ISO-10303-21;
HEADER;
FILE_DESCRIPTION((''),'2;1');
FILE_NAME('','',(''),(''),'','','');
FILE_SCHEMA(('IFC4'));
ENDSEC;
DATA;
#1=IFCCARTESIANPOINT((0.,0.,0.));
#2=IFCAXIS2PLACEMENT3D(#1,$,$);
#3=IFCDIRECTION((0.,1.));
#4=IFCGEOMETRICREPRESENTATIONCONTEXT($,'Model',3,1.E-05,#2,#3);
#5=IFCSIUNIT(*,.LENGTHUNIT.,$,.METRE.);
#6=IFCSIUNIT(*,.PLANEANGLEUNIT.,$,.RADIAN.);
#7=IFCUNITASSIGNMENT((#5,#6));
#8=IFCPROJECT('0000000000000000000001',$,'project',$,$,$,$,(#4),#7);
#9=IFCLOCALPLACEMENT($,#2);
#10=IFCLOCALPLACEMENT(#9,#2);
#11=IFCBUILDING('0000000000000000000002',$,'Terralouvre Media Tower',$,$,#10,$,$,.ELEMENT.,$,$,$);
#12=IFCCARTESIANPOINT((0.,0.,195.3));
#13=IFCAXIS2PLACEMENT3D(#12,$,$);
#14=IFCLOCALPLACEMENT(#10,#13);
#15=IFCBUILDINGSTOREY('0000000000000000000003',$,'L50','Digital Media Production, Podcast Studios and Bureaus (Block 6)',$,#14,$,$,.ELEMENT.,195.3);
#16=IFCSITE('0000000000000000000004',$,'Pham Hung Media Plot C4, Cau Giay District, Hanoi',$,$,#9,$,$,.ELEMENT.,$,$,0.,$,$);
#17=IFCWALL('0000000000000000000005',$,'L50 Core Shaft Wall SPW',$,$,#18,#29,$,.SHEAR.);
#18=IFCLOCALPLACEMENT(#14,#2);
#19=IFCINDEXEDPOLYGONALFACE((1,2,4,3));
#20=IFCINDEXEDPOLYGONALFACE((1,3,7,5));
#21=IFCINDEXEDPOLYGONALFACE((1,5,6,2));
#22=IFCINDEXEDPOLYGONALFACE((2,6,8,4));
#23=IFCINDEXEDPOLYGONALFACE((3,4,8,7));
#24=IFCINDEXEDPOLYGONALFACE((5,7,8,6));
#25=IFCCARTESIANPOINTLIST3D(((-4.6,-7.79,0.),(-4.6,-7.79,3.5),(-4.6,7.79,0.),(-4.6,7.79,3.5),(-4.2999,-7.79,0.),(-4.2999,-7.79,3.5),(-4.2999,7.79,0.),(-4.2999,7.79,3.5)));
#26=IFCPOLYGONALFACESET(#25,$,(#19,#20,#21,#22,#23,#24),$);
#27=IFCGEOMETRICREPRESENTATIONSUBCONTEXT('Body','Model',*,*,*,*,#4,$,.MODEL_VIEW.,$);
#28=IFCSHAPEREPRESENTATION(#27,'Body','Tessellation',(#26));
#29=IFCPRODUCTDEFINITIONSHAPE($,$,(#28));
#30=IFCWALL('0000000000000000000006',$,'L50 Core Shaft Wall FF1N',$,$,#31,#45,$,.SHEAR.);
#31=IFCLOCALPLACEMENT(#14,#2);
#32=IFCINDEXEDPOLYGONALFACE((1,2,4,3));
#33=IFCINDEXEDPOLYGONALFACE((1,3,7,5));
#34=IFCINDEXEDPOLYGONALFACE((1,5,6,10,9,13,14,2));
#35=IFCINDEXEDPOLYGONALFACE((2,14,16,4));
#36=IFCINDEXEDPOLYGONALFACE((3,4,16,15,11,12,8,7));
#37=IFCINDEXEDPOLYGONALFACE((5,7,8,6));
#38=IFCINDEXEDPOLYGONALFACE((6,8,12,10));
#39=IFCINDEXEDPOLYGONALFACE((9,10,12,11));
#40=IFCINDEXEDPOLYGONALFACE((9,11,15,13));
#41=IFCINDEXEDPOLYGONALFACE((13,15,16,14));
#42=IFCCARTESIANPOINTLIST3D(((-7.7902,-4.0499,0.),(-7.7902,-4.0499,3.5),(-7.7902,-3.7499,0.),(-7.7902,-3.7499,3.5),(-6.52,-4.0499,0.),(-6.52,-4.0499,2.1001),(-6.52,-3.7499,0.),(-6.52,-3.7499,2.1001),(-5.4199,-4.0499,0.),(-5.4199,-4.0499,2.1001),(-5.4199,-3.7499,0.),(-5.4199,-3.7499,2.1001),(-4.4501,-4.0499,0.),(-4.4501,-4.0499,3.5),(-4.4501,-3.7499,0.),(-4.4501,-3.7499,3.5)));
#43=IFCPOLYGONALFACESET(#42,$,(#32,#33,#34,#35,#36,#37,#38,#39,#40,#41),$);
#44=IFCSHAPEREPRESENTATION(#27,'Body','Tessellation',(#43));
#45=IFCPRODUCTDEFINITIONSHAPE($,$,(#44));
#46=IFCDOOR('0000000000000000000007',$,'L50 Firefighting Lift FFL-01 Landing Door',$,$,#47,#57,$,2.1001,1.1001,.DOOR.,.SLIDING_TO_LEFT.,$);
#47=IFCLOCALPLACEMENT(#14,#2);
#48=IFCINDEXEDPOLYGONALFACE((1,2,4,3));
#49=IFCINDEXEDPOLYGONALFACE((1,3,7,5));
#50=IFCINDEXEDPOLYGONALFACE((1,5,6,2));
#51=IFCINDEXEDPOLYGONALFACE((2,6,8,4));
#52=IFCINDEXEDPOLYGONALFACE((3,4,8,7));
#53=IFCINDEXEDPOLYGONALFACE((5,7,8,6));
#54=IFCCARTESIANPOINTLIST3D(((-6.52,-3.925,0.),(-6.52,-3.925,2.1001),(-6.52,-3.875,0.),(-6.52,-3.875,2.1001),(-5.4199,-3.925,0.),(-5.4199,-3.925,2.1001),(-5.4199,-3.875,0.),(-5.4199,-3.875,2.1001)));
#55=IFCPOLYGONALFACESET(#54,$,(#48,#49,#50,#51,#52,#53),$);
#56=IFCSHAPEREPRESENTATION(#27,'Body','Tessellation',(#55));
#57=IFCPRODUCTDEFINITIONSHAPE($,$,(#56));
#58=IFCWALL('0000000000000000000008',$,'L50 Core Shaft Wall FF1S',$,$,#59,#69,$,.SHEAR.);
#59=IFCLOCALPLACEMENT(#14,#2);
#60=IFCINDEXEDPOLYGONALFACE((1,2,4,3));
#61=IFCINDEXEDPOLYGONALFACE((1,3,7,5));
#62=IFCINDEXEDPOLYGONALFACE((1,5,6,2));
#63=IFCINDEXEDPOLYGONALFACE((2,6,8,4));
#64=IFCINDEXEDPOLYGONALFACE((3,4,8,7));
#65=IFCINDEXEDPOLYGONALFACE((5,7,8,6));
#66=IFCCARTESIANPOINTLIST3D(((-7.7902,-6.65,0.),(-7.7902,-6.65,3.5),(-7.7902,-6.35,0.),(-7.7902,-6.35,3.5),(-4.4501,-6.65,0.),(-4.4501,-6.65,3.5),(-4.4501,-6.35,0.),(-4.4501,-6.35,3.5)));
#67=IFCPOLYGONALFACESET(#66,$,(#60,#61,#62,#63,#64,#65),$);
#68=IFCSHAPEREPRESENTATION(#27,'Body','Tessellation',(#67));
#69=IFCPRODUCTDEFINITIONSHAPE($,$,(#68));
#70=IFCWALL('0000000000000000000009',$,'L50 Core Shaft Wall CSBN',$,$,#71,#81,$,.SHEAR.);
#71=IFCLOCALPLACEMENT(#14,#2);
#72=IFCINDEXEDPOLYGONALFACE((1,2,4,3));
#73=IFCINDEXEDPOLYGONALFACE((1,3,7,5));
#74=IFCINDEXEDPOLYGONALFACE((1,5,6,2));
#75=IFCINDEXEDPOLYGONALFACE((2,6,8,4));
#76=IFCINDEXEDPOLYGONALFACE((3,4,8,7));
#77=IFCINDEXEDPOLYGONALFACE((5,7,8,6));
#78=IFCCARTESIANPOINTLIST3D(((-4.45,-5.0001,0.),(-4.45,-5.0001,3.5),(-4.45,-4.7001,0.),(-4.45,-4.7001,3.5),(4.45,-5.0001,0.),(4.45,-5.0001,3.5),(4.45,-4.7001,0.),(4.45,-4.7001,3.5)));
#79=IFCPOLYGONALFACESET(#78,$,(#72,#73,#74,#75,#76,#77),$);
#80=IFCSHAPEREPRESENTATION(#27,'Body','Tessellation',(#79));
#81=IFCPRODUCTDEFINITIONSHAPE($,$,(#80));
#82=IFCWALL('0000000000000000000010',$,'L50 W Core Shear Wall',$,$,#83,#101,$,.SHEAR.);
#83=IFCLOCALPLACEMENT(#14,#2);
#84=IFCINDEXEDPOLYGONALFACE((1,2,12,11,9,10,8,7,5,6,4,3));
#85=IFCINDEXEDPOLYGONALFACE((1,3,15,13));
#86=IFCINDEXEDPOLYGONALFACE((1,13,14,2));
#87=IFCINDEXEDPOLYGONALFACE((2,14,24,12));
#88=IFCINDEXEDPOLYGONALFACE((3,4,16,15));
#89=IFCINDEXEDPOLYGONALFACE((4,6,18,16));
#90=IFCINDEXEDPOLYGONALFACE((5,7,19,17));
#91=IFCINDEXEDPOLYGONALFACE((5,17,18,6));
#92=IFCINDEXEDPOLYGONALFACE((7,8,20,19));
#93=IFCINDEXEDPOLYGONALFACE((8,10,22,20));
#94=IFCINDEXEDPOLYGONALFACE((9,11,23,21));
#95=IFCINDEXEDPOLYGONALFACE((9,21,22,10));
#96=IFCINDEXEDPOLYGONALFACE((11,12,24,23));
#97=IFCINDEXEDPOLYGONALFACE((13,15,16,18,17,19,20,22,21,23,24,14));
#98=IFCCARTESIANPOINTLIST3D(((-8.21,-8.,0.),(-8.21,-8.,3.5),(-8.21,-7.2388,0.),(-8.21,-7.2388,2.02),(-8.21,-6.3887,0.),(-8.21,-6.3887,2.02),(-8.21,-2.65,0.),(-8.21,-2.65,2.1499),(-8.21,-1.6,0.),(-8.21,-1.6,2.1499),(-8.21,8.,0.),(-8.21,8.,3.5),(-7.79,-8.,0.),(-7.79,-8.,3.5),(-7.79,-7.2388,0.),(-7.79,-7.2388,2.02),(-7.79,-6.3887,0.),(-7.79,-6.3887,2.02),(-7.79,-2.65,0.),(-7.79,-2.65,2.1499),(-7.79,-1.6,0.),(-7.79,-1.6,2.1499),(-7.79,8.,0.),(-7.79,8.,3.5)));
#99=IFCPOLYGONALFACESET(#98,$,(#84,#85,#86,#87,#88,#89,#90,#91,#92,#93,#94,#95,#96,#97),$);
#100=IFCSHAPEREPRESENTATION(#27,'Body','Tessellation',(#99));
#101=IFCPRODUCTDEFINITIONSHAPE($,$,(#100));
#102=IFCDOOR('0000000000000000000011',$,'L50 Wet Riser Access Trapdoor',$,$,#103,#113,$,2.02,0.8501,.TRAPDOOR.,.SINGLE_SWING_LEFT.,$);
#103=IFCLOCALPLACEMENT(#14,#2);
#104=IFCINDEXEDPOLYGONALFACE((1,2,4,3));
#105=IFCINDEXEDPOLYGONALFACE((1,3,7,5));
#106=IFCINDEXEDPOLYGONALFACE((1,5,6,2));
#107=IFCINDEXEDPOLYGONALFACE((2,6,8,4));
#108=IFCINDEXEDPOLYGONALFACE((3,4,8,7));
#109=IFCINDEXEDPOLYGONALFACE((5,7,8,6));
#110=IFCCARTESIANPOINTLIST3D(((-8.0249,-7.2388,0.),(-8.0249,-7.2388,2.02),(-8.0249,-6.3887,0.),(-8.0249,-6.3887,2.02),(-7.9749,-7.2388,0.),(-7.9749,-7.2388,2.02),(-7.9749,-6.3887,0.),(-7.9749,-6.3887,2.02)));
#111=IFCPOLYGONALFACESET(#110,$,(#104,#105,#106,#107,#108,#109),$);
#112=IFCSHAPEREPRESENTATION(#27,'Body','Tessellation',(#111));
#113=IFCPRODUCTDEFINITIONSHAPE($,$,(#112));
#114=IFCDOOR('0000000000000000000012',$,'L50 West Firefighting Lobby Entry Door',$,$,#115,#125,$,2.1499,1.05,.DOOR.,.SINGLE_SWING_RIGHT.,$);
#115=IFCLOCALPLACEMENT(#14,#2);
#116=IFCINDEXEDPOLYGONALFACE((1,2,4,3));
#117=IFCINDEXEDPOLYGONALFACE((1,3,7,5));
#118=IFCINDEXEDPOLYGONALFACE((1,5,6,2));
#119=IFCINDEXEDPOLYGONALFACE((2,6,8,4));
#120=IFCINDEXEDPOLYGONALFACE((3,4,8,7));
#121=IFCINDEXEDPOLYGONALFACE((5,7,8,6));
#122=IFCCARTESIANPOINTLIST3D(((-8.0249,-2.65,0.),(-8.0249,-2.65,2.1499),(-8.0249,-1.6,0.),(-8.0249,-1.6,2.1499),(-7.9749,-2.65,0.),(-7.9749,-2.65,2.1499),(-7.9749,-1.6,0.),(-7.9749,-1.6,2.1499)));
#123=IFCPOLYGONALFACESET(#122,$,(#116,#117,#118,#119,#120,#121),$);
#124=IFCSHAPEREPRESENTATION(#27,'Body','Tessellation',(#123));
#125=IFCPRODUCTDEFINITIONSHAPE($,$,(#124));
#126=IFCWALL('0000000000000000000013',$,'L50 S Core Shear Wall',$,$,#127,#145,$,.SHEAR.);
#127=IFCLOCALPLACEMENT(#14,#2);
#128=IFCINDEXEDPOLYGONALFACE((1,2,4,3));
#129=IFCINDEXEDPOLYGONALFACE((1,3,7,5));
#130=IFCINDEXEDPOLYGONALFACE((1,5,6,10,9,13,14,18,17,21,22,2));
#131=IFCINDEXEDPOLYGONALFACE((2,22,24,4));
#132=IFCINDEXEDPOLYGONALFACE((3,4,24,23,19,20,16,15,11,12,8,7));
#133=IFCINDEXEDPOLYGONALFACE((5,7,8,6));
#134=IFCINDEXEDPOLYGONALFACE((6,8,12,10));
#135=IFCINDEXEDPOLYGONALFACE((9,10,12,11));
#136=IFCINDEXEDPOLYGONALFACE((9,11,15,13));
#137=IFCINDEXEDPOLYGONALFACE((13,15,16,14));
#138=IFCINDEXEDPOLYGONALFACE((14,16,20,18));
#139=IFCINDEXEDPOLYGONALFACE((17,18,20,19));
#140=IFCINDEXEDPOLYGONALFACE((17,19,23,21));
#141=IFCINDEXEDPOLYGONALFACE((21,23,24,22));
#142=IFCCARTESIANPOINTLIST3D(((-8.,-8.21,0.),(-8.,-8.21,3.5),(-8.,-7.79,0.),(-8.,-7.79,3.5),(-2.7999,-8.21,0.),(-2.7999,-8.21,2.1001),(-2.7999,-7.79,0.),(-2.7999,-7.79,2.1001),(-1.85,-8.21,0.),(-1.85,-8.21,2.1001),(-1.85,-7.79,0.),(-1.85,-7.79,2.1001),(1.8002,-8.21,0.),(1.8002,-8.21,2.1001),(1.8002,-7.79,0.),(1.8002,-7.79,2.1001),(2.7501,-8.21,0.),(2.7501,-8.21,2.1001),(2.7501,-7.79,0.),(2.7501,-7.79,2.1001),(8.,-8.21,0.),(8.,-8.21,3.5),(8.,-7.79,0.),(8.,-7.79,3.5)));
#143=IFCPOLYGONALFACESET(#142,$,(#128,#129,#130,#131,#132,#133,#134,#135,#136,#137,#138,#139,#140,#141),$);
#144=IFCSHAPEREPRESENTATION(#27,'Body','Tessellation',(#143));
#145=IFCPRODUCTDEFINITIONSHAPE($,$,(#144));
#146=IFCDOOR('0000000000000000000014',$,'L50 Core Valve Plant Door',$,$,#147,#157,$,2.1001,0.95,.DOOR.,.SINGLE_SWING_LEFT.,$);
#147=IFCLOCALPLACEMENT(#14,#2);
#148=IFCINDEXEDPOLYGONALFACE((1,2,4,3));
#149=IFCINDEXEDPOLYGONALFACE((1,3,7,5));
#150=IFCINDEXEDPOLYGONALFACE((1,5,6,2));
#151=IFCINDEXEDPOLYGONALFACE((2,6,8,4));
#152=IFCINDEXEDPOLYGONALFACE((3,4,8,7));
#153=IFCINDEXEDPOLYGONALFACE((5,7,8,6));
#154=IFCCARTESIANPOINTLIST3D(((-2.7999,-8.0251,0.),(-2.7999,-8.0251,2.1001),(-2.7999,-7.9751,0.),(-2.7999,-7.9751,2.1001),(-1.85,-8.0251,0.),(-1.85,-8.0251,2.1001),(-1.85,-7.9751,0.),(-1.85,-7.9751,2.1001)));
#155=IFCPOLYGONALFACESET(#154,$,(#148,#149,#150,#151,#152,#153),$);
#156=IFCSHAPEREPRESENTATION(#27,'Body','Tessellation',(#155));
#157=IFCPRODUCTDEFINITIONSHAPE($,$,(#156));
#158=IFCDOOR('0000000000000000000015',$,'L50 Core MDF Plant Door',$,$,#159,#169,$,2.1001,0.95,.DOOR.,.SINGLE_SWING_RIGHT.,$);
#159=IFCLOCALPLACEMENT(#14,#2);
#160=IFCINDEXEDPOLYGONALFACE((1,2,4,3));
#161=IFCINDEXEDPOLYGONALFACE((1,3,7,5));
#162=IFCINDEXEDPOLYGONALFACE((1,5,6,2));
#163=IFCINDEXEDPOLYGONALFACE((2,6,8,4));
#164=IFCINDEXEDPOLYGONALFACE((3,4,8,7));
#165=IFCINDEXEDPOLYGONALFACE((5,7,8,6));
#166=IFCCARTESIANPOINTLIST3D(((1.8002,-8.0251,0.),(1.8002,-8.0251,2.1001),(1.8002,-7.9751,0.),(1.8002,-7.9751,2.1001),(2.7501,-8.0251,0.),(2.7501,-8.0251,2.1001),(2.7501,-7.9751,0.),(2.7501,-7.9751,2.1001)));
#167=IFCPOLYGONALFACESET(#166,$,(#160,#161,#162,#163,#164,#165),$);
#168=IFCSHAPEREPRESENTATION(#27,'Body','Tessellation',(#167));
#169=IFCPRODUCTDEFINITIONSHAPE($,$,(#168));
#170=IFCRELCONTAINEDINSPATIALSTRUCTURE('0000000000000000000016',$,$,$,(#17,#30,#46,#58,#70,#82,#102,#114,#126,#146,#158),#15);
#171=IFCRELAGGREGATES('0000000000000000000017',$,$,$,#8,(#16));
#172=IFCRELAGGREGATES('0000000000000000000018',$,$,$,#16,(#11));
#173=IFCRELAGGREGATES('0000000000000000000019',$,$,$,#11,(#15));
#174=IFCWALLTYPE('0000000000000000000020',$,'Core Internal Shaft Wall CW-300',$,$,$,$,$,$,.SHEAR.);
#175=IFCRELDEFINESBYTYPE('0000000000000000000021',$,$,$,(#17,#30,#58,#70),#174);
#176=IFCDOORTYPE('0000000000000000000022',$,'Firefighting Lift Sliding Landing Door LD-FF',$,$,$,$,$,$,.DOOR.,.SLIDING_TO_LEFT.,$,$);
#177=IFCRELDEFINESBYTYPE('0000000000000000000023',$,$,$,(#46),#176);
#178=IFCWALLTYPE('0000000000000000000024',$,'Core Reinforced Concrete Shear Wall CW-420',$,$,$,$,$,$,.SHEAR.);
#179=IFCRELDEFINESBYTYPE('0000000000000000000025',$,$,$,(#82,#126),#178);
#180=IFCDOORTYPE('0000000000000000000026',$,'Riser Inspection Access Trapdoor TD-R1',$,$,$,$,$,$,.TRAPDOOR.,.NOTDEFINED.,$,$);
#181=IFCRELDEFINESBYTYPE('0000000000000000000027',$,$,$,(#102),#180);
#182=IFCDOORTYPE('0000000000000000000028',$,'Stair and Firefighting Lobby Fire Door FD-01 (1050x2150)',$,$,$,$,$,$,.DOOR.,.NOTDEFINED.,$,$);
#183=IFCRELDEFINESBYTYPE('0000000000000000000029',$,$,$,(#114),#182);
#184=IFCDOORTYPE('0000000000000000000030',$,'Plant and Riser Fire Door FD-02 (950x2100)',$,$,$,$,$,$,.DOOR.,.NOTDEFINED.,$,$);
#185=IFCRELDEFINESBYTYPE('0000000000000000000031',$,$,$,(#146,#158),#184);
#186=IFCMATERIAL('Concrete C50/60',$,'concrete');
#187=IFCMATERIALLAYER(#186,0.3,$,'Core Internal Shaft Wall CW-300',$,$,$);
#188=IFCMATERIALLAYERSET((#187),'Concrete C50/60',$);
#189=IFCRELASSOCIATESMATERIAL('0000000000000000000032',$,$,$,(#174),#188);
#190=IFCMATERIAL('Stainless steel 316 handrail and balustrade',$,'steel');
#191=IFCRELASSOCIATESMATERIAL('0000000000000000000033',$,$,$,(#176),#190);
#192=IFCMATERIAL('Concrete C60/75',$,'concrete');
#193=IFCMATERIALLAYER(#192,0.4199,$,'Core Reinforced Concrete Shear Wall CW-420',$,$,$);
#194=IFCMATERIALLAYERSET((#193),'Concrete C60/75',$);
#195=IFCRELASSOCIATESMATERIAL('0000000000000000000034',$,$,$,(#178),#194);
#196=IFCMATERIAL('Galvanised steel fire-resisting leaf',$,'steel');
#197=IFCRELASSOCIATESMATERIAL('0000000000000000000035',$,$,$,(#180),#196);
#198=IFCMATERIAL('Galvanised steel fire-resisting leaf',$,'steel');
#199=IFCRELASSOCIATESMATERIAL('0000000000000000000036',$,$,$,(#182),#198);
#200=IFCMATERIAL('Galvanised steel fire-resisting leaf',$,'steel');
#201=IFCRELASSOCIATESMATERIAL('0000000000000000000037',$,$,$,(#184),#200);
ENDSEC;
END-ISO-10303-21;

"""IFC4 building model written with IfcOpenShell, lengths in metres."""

from ifc_helpers import new_model, si_unit, direction, frame, frame_2d, origin, place, context, subcontext, project, spatial, rectangle, extrude, material, layer, layer_set, type_object, element, fill, save


model = new_model("IFC4")

# Units and contexts
model_context = context("Model", 3, precision=1e-05, world=origin(), true_north=direction((0.0, 1.0)))
body_context = subcontext(model_context, "Body", "Model", "MODEL_VIEW")
ifc_project = project(units=[si_unit("LENGTHUNIT", "METRE"), si_unit("PLANEANGLEUNIT", "RADIAN")], contexts=[model_context])

# Site, building, storey
site_placement = place(None, origin())
site = spatial("IfcSite", under=ifc_project, at=site_placement, Name="Pham Hung Media Plot C4, Cau Giay District, Hanoi", CompositionType="ELEMENT", RefElevation=0.0)
building_placement = place(site_placement, origin())
building = spatial("IfcBuilding", under=site, at=building_placement, Name="Terralouvre Media Tower", CompositionType="ELEMENT")
storey_placement = place(building_placement, frame((0.0, 0.0, 195.3)))
storey = spatial("IfcBuildingStorey", under=building, at=storey_placement, Name="L50", Description="Digital Media Production, Podcast Studios and Bureaus (Block 6)", CompositionType="ELEMENT", Elevation=195.3)

# Wall
ifc_material_1 = material(Name="Concrete C50/60", Category="concrete")
ifc_layer_1 = layer(ifc_material_1, 0.3, Name="Core Internal Shaft Wall CW-300")
ifc_layer_set_1 = layer_set([ifc_layer_1], Name="Concrete C50/60")
wall_type_1 = type_object("IfcWallType", Name="Core Internal Shaft Wall CW-300", PredefinedType="SHEAR", material=ifc_layer_set_1)
wall_1_placement = place(storey_placement, frame((-4.45, -7.79, 0.0), z_axis=(0.0, 0.0, 1.0), x_axis=(0.0, 1.0, 0.0)))
element("IfcWall", 1, at=wall_1_placement, inside=storey, type_object=wall_type_1, Name="L50 Core Shaft Wall SPW", PredefinedType="SHEAR", context=body_context, shape_type="SweptSolid", body=[
    extrude(rectangle(XDim=15.5801, YDim=0.3, at=frame_2d((7.79, 0.0))), origin(), (0.0, 0.0, 1.0), 3.5),
])

# Wall, opening, door
wall_2_placement = place(storey_placement, frame((-7.79, -3.8999, 0.0), z_axis=(0.0, 0.0, 1.0), x_axis=(1.0, 0.0, 0.0)))
wall_2 = element("IfcWall", 2, at=wall_2_placement, inside=storey, type_object=wall_type_1, Name="L50 Core Shaft Wall FF1N", PredefinedType="SHEAR", context=body_context, shape_type="SweptSolid", body=[
    extrude(rectangle(XDim=3.3401, YDim=0.3, at=frame_2d((1.6699, 0.0))), origin(), (0.0, 0.0, 1.0), 3.5),
])
opening_1_placement = place(wall_2_placement, frame((1.27, 0.0, 0.0)))
opening_1 = element("IfcOpeningElement", 3, at=opening_1_placement, cuts=wall_2, PredefinedType="OPENING", context=body_context, shape_type="SweptSolid", body=[
    extrude(rectangle(XDim=1.1001, YDim=2.1001, at=frame_2d((0.55, 1.05))), frame((0.0, 0.1599, 0.0), z_axis=(0.0, -1.0, 0.0), x_axis=(1.0, 0.0, 0.0)), (0.0, 0.0, 1.0), 0.3201),
])
ifc_material_2 = material(Name="Stainless steel 316 handrail and balustrade", Category="steel")
door_type_1 = type_object("IfcDoorType", Name="Firefighting Lift Sliding Landing Door LD-FF", OperationType="SLIDING_TO_LEFT", PredefinedType="DOOR", material=ifc_material_2)
door_1_placement = place(opening_1_placement, origin())
door_1 = element("IfcDoor", 4, at=door_1_placement, inside=storey, type_object=door_type_1, Name="L50 Firefighting Lift FFL-01 Landing Door", OperationType="SLIDING_TO_LEFT", OverallHeight=2.1001, OverallWidth=1.1001, PredefinedType="DOOR", context=body_context, shape_type="SweptSolid", body=[
    extrude(rectangle(XDim=1.1001, YDim=2.1001, at=frame_2d((0.55, 1.05))), frame((0.0, 0.0249, 0.0), z_axis=(0.0, -1.0, 0.0), x_axis=(1.0, 0.0, 0.0)), (0.0, 0.0, 1.0), 0.05),
])
fill(opening_1, door_1)

# Walls
wall_3_placement = place(storey_placement, frame((-7.79, -6.5, 0.0), z_axis=(0.0, 0.0, 1.0), x_axis=(1.0, 0.0, 0.0)))
element("IfcWall", 5, at=wall_3_placement, inside=storey, type_object=wall_type_1, Name="L50 Core Shaft Wall FF1S", PredefinedType="SHEAR", context=body_context, shape_type="SweptSolid", body=[
    extrude(rectangle(XDim=3.3401, YDim=0.3, at=frame_2d((1.6699, 0.0))), origin(), (0.0, 0.0, 1.0), 3.5),
])
wall_4_placement = place(storey_placement, frame((-4.45, -4.8501, 0.0), z_axis=(0.0, 0.0, 1.0), x_axis=(1.0, 0.0, 0.0)))
element("IfcWall", 6, at=wall_4_placement, inside=storey, type_object=wall_type_1, Name="L50 Core Shaft Wall CSBN", PredefinedType="SHEAR", context=body_context, shape_type="SweptSolid", body=[
    extrude(rectangle(XDim=8.8999, YDim=0.3, at=frame_2d((4.45, 0.0))), origin(), (0.0, 0.0, 1.0), 3.5),
])

# Walls, openings, doors
ifc_material_3 = material(Name="Concrete C60/75", Category="concrete")
ifc_layer_2 = layer(ifc_material_3, 0.4199, Name="Core Reinforced Concrete Shear Wall CW-420")
ifc_layer_set_2 = layer_set([ifc_layer_2], Name="Concrete C60/75")
wall_type_2 = type_object("IfcWallType", Name="Core Reinforced Concrete Shear Wall CW-420", PredefinedType="SHEAR", material=ifc_layer_set_2)
wall_5_placement = place(storey_placement, frame((-8.0, -8.0, 0.0), z_axis=(0.0, 0.0, 1.0), x_axis=(0.0, 1.0, 0.0)))
wall_5 = element("IfcWall", 7, at=wall_5_placement, inside=storey, type_object=wall_type_2, Name="L50 W Core Shear Wall", PredefinedType="SHEAR", context=body_context, shape_type="SweptSolid", body=[
    extrude(rectangle(XDim=16.0, YDim=0.4199, at=frame_2d((8.0, 0.0))), origin(), (0.0, 0.0, 1.0), 3.5),
])
opening_2_placement = place(wall_5_placement, frame((0.7612, 0.0, 0.0)))
opening_2 = element("IfcOpeningElement", 8, at=opening_2_placement, cuts=wall_5, PredefinedType="OPENING", context=body_context, shape_type="SweptSolid", body=[
    extrude(rectangle(XDim=0.8501, YDim=2.02, at=frame_2d((0.425, 1.01))), frame((0.0, 0.22, 0.0), z_axis=(0.0, -1.0, 0.0), x_axis=(1.0, 0.0, 0.0)), (0.0, 0.0, 1.0), 0.4399),
])
opening_3_placement = place(wall_5_placement, frame((5.3501, 0.0, 0.0)))
opening_3 = element("IfcOpeningElement", 9, at=opening_3_placement, cuts=wall_5, PredefinedType="OPENING", context=body_context, shape_type="SweptSolid", body=[
    extrude(rectangle(XDim=1.05, YDim=2.1499, at=frame_2d((0.5249, 1.075))), frame((0.0, 0.22, 0.0), z_axis=(0.0, -1.0, 0.0), x_axis=(1.0, 0.0, 0.0)), (0.0, 0.0, 1.0), 0.4399),
])
ifc_material_4 = material(Name="Galvanised steel fire-resisting leaf", Category="steel")
door_type_2 = type_object("IfcDoorType", Name="Riser Inspection Access Trapdoor TD-R1", OperationType="NOTDEFINED", PredefinedType="TRAPDOOR", material=ifc_material_4)
door_2_placement = place(opening_2_placement, origin())
door_2 = element("IfcDoor", 10, at=door_2_placement, inside=storey, type_object=door_type_2, Name="L50 Wet Riser Access Trapdoor", OperationType="SINGLE_SWING_LEFT", OverallHeight=2.02, OverallWidth=0.8501, PredefinedType="TRAPDOOR", context=body_context, shape_type="SweptSolid", body=[
    extrude(rectangle(XDim=0.8501, YDim=2.02, at=frame_2d((0.425, 1.01))), frame((0.0, 0.0249, 0.0), z_axis=(0.0, -1.0, 0.0), x_axis=(1.0, 0.0, 0.0)), (0.0, 0.0, 1.0), 0.05),
])
fill(opening_2, door_2)
ifc_material_5 = material(Name="Galvanised steel fire-resisting leaf", Category="steel")
door_type_3 = type_object("IfcDoorType", Name="Stair and Firefighting Lobby Fire Door FD-01 (1050x2150)", OperationType="NOTDEFINED", PredefinedType="DOOR", material=ifc_material_5)
door_3_placement = place(opening_3_placement, origin())
door_3 = element("IfcDoor", 11, at=door_3_placement, inside=storey, type_object=door_type_3, Name="L50 West Firefighting Lobby Entry Door", OperationType="SINGLE_SWING_RIGHT", OverallHeight=2.1499, OverallWidth=1.05, PredefinedType="DOOR", context=body_context, shape_type="SweptSolid", body=[
    extrude(rectangle(XDim=1.05, YDim=2.1499, at=frame_2d((0.5249, 1.075))), frame((0.0, 0.0249, 0.0), z_axis=(0.0, -1.0, 0.0), x_axis=(1.0, 0.0, 0.0)), (0.0, 0.0, 1.0), 0.05),
])
fill(opening_3, door_3)
wall_6_placement = place(storey_placement, frame((-8.0, -8.0, 0.0), z_axis=(0.0, 0.0, 1.0), x_axis=(1.0, 0.0, 0.0)))
wall_6 = element("IfcWall", 12, at=wall_6_placement, inside=storey, type_object=wall_type_2, Name="L50 S Core Shear Wall", PredefinedType="SHEAR", context=body_context, shape_type="SweptSolid", body=[
    extrude(rectangle(XDim=16.0, YDim=0.4199, at=frame_2d((8.0, 0.0))), origin(), (0.0, 0.0, 1.0), 3.5),
])
opening_4_placement = place(wall_6_placement, frame((5.2, 0.0, 0.0)))
opening_4 = element("IfcOpeningElement", 13, at=opening_4_placement, cuts=wall_6, PredefinedType="OPENING", context=body_context, shape_type="SweptSolid", body=[
    extrude(rectangle(XDim=0.95, YDim=2.1001, at=frame_2d((0.4751, 1.05))), frame((0.0, 0.22, 0.0), z_axis=(0.0, -1.0, 0.0), x_axis=(1.0, 0.0, 0.0)), (0.0, 0.0, 1.0), 0.4399),
])
opening_5_placement = place(wall_6_placement, frame((9.8, 0.0, 0.0)))
opening_5 = element("IfcOpeningElement", 14, at=opening_5_placement, cuts=wall_6, PredefinedType="OPENING", context=body_context, shape_type="SweptSolid", body=[
    extrude(rectangle(XDim=0.95, YDim=2.1001, at=frame_2d((0.4751, 1.05))), frame((0.0, 0.22, 0.0), z_axis=(0.0, -1.0, 0.0), x_axis=(1.0, 0.0, 0.0)), (0.0, 0.0, 1.0), 0.4399),
])
ifc_material_6 = material(Name="Galvanised steel fire-resisting leaf", Category="steel")
door_type_4 = type_object("IfcDoorType", Name="Plant and Riser Fire Door FD-02 (950x2100)", OperationType="NOTDEFINED", PredefinedType="DOOR", material=ifc_material_6)
door_4_placement = place(opening_4_placement, origin())
door_4 = element("IfcDoor", 15, at=door_4_placement, inside=storey, type_object=door_type_4, Name="L50 Core Valve Plant Door", OperationType="SINGLE_SWING_LEFT", OverallHeight=2.1001, OverallWidth=0.95, PredefinedType="DOOR", context=body_context, shape_type="SweptSolid", body=[
    extrude(rectangle(XDim=0.95, YDim=2.1001, at=frame_2d((0.4751, 1.05))), frame((0.0, 0.0249, 0.0), z_axis=(0.0, -1.0, 0.0), x_axis=(1.0, 0.0, 0.0)), (0.0, 0.0, 1.0), 0.05),
])
fill(opening_4, door_4)
door_5_placement = place(opening_5_placement, origin())
door_5 = element("IfcDoor", 16, at=door_5_placement, inside=storey, type_object=door_type_4, Name="L50 Core MDF Plant Door", OperationType="SINGLE_SWING_RIGHT", OverallHeight=2.1001, OverallWidth=0.95, PredefinedType="DOOR", context=body_context, shape_type="SweptSolid", body=[
    extrude(rectangle(XDim=0.95, YDim=2.1001, at=frame_2d((0.4751, 1.05))), frame((0.0, 0.0249, 0.0), z_axis=(0.0, -1.0, 0.0), x_axis=(1.0, 0.0, 0.0)), (0.0, 0.0, 1.0), 0.05),
])
fill(opening_5, door_5)

save(model, "model.ifc")
